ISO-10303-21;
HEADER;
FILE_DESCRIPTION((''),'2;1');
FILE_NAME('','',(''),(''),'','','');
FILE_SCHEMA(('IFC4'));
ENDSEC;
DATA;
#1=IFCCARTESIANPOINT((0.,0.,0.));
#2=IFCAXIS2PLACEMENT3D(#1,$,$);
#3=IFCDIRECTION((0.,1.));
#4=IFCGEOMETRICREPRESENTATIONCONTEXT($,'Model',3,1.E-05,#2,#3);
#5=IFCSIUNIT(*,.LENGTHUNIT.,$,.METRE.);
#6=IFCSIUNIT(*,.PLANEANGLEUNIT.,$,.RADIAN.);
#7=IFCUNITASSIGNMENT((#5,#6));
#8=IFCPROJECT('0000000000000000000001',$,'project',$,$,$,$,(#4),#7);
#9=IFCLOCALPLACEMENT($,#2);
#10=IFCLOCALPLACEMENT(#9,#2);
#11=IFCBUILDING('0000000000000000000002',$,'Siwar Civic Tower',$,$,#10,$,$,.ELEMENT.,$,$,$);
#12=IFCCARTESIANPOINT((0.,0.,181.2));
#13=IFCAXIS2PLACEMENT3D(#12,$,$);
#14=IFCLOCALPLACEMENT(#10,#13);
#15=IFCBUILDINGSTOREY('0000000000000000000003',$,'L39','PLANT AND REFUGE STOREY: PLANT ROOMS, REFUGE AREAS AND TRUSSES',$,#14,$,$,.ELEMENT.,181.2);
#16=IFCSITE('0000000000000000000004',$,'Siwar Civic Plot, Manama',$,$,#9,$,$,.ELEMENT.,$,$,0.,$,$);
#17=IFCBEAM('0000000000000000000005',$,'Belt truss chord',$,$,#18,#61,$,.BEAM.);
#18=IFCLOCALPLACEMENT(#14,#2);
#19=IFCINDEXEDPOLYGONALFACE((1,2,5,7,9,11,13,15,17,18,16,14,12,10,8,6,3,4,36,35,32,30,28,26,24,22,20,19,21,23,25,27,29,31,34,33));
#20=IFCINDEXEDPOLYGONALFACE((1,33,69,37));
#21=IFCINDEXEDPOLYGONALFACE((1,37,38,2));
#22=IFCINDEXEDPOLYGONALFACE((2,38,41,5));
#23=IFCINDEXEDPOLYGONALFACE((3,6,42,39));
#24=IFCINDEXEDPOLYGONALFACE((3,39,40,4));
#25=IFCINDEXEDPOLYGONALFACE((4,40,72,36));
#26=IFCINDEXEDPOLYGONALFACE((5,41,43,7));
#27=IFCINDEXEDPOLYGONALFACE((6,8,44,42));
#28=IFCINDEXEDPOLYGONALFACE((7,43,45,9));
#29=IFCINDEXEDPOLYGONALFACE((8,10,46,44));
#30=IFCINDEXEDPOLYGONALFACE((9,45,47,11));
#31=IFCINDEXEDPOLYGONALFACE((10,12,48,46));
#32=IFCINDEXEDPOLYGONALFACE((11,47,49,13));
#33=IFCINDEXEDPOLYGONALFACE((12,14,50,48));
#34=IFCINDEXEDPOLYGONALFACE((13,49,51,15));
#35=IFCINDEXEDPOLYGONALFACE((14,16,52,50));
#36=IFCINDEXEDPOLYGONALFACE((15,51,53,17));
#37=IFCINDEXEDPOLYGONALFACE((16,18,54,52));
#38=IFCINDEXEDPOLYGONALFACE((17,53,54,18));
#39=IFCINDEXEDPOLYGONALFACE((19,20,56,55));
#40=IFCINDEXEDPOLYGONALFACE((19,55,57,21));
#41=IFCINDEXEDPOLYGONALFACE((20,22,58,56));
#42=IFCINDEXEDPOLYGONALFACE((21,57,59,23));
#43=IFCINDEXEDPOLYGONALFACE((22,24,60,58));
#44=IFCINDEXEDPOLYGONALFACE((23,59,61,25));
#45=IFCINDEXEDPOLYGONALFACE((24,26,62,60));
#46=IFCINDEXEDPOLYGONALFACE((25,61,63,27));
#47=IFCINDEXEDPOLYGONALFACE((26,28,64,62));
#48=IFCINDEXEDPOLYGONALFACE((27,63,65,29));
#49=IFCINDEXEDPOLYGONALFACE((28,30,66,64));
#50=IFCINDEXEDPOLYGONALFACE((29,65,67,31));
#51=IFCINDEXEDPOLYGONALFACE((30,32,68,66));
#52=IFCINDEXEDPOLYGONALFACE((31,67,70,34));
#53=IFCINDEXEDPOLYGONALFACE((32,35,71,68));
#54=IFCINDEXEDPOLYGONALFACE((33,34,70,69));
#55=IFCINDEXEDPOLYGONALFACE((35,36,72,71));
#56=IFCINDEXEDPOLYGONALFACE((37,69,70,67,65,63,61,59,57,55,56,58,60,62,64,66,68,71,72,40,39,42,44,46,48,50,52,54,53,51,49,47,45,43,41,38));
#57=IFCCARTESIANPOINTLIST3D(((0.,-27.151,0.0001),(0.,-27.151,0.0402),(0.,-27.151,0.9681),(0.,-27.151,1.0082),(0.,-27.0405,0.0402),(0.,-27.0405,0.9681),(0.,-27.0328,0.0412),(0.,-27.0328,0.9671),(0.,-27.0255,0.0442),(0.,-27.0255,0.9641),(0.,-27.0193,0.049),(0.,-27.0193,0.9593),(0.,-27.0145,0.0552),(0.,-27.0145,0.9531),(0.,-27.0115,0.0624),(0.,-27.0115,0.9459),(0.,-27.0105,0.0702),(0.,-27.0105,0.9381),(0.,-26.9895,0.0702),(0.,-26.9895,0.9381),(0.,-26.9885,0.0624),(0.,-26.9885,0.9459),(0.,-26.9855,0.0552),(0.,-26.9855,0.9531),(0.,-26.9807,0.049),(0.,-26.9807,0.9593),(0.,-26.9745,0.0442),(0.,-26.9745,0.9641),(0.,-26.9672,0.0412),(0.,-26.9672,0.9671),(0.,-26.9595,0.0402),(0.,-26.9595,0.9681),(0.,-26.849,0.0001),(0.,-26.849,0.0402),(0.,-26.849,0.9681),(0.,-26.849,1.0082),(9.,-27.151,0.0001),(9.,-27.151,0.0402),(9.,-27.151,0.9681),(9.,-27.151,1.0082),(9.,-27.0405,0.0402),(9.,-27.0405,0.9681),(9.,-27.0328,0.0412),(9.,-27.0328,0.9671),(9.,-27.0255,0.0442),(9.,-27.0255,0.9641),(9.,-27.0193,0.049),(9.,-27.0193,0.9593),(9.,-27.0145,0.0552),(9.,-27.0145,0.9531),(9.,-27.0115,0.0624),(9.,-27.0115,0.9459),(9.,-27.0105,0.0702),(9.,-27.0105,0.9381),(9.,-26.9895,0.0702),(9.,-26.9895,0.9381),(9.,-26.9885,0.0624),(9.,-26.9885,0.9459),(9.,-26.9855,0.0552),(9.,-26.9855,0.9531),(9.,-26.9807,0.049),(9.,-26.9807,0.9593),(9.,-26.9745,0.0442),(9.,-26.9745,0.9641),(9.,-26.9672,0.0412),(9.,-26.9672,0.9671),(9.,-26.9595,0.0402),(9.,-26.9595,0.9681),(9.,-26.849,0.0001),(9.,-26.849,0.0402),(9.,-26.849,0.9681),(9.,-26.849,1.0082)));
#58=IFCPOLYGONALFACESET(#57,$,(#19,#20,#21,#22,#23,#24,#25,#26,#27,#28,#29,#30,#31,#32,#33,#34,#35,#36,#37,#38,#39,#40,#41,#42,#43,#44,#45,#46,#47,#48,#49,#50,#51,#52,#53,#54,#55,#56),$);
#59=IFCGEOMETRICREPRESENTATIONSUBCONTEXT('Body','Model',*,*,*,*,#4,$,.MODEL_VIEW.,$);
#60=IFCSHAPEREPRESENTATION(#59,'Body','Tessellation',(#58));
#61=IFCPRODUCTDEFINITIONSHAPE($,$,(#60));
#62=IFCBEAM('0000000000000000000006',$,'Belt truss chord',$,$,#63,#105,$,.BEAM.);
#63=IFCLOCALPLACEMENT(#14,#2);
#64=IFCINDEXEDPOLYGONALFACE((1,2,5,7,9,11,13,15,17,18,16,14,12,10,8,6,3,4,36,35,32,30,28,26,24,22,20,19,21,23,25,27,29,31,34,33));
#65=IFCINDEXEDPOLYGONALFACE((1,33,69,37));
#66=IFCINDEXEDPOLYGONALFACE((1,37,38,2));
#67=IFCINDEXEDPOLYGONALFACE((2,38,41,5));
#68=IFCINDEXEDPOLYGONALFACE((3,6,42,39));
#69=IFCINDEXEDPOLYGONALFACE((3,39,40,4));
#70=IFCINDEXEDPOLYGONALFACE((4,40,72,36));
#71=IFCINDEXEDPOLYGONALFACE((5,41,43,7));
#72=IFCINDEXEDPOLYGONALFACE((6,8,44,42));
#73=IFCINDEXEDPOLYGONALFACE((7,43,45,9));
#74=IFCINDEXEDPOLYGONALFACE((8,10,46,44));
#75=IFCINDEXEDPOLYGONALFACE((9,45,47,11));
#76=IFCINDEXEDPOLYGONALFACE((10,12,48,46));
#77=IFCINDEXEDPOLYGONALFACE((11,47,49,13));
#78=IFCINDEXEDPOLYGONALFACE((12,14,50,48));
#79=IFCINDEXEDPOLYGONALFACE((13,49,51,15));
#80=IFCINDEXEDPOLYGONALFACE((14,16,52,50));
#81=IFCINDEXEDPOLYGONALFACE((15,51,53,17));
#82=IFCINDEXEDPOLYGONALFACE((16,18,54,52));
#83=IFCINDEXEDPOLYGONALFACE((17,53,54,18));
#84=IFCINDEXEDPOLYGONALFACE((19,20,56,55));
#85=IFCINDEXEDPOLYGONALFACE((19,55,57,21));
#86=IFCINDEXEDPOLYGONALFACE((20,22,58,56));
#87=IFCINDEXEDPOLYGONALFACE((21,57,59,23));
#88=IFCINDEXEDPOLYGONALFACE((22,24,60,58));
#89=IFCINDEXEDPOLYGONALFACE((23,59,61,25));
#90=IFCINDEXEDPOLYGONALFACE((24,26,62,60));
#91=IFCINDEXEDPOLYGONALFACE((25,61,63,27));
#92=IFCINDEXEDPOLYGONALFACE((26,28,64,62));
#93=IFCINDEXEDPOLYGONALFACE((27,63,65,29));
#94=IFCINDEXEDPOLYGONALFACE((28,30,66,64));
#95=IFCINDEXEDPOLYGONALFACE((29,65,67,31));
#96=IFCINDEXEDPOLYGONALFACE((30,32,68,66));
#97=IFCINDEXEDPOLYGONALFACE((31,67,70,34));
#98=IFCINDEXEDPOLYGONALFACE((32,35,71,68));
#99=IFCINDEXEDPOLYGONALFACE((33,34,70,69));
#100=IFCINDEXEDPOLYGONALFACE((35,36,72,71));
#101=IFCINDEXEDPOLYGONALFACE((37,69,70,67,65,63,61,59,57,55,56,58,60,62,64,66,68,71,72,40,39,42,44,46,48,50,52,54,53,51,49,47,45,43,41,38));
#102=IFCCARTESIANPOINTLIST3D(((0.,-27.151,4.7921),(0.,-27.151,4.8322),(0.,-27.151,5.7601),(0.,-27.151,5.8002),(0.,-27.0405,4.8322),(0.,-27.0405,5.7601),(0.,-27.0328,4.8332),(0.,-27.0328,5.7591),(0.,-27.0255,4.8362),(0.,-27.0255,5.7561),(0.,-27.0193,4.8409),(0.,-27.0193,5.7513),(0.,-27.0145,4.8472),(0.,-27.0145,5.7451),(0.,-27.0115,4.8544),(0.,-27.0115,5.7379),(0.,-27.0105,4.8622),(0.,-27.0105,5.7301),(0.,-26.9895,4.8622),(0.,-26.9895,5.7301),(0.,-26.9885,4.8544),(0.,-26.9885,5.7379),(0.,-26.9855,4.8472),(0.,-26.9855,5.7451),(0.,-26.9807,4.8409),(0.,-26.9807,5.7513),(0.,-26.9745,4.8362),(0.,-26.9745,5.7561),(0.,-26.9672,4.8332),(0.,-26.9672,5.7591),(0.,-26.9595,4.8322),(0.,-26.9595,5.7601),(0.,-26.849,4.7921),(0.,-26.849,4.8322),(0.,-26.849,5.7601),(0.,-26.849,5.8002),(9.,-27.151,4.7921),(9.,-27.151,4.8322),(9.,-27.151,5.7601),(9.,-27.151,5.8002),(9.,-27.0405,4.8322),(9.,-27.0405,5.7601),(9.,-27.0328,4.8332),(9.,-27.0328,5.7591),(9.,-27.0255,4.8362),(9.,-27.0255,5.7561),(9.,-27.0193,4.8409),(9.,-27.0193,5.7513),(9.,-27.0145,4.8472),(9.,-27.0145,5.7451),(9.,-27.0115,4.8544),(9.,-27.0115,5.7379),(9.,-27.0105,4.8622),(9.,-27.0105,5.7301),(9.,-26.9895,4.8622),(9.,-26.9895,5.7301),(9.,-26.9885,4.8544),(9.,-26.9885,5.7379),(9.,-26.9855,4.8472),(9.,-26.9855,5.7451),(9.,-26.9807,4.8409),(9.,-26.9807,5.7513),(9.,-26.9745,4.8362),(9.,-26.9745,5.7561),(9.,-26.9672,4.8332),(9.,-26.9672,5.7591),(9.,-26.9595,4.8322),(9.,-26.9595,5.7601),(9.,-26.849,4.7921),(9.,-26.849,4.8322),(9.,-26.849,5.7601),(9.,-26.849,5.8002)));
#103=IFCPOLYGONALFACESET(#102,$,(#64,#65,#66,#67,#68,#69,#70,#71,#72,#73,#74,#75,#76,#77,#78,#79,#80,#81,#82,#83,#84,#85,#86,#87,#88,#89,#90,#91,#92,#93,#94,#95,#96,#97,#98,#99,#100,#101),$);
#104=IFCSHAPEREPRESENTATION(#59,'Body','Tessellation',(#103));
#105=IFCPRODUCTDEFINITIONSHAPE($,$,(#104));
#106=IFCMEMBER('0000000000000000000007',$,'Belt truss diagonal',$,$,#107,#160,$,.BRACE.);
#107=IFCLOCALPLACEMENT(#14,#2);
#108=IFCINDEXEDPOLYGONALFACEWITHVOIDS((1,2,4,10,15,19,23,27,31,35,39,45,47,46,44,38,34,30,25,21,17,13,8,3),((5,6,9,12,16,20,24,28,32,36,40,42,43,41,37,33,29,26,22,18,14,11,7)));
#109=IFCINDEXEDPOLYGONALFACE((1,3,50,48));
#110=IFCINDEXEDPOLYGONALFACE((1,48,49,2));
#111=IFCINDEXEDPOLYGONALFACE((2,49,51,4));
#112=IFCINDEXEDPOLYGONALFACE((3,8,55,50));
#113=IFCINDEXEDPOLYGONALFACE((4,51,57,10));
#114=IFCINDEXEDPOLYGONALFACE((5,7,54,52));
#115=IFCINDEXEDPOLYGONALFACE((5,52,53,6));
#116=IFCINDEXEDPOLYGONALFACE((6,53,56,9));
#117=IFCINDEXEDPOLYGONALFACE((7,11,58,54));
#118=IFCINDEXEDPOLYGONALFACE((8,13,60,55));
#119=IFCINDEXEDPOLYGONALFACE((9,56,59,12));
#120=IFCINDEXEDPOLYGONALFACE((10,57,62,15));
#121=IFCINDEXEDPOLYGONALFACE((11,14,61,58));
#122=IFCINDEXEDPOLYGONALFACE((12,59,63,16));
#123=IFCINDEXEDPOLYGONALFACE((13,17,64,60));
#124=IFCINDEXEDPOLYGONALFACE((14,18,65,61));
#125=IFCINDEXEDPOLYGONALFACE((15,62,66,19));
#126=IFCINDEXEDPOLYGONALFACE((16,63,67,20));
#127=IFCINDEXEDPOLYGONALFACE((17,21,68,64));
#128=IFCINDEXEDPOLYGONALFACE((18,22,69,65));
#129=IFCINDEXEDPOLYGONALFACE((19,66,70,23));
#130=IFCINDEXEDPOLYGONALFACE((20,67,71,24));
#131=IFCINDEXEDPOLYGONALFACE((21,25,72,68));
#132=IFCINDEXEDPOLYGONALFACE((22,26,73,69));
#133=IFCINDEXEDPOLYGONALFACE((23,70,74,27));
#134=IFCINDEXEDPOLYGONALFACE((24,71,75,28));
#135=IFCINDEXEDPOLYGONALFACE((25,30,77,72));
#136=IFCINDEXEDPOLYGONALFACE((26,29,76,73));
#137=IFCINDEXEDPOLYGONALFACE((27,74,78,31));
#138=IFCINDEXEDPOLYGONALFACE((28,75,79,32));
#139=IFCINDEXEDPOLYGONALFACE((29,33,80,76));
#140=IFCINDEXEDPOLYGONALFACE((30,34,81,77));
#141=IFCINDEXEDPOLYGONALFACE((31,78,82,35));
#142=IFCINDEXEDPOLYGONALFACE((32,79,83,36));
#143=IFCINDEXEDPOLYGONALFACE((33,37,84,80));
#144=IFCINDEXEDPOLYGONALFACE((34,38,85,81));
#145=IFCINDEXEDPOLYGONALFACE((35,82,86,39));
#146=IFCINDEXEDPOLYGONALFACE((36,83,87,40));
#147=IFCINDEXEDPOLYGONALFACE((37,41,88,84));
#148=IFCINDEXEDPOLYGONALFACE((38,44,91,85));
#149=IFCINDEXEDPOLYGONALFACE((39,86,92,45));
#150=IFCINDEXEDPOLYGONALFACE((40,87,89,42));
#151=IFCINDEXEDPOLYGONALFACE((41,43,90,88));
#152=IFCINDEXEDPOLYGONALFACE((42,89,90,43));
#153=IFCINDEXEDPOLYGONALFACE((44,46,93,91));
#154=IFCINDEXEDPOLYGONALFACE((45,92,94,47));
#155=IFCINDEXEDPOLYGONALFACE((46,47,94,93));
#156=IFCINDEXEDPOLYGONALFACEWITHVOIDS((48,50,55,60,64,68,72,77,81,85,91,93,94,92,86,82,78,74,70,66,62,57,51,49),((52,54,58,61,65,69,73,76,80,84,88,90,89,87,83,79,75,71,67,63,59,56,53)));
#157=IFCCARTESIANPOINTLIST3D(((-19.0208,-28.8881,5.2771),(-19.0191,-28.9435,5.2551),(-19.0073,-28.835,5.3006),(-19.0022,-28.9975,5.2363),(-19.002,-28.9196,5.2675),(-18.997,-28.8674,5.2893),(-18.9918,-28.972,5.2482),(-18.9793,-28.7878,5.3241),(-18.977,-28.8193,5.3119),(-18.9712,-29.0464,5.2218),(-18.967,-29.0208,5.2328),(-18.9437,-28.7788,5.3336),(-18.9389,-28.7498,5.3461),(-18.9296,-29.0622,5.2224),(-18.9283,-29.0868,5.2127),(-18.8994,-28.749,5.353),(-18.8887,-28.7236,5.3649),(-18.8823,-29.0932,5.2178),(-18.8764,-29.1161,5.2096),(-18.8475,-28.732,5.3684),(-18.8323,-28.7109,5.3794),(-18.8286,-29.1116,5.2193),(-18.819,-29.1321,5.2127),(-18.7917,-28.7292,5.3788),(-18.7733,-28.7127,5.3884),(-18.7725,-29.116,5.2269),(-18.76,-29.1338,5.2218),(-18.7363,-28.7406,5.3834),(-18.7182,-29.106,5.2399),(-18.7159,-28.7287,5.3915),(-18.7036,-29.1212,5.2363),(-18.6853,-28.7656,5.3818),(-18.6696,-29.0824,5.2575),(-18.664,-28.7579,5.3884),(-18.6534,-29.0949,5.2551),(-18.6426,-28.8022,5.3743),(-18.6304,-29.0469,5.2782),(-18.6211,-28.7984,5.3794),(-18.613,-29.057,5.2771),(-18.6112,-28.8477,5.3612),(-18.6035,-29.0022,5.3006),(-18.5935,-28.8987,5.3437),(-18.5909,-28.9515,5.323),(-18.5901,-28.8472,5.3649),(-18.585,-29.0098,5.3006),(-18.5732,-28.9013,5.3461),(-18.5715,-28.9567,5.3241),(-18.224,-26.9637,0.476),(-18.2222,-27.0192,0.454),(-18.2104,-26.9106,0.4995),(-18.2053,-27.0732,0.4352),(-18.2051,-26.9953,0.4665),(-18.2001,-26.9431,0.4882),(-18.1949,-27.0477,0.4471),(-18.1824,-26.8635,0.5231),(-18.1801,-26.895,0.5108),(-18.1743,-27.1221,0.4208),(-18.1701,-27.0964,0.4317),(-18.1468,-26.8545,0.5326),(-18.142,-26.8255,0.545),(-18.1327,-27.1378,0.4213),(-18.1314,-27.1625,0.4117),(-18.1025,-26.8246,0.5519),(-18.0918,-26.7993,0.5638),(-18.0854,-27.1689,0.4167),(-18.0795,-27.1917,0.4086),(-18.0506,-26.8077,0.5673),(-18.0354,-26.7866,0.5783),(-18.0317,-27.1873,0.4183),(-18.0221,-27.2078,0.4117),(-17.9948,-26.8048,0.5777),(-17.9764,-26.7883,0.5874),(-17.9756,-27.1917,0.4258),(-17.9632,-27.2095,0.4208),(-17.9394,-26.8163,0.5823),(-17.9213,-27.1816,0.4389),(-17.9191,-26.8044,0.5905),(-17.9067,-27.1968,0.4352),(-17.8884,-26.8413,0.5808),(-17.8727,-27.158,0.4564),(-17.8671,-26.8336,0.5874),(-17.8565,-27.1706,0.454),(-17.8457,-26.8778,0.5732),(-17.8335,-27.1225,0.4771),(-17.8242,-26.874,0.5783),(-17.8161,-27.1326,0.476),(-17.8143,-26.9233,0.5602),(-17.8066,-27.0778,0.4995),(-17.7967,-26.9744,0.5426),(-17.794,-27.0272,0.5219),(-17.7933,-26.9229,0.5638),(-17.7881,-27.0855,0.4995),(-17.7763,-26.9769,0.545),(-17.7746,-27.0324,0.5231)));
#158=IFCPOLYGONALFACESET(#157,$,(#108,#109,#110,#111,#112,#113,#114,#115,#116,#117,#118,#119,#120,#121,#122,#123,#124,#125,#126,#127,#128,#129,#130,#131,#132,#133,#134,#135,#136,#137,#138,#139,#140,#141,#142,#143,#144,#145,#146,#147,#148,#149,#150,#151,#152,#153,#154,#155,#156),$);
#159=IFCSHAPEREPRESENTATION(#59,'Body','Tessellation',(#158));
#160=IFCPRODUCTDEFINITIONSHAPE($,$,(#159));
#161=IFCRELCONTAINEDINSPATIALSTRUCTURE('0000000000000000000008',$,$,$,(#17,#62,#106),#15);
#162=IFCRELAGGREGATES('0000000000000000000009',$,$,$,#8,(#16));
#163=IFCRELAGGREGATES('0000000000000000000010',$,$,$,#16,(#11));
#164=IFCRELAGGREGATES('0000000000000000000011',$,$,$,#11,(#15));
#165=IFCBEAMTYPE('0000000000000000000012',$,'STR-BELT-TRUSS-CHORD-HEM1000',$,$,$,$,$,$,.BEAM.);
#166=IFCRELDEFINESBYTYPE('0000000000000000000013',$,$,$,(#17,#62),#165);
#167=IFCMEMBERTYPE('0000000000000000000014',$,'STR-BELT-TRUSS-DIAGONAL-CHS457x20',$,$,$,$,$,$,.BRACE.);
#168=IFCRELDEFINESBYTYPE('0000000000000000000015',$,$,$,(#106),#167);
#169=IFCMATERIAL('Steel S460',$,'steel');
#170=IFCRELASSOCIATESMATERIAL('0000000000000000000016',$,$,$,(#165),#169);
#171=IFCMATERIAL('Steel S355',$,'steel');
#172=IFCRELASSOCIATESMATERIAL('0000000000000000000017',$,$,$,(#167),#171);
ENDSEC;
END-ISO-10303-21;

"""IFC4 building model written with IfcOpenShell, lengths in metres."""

from ifc_helpers import new_model, si_unit, direction, frame, origin, origin_2d, place, context, subcontext, project, spatial, hollow_circle, i_section, extrude, material, material_profile, profile_set, type_object, element, save


model = new_model("IFC4")

# Units and contexts
model_context = context("Model", 3, precision=1e-05, world=origin(), true_north=direction((0.0, 1.0)))
body_context = subcontext(model_context, "Body", "Model", "MODEL_VIEW")
ifc_project = project(units=[si_unit("LENGTHUNIT", "METRE"), si_unit("PLANEANGLEUNIT", "RADIAN")], contexts=[model_context])

# Site, building, storey
site_placement = place(None, origin())
site = spatial("IfcSite", under=ifc_project, at=site_placement, Name="Siwar Civic Plot, Manama", CompositionType="ELEMENT", RefElevation=0.0)
building_placement = place(site_placement, origin())
building = spatial("IfcBuilding", under=site, at=building_placement, Name="Siwar Civic Tower", CompositionType="ELEMENT")
storey_placement = place(building_placement, frame((0.0, 0.0, 181.2)))
storey = spatial("IfcBuildingStorey", under=building, at=storey_placement, Name="L39", Description="PLANT AND REFUGE STOREY: PLANT ROOMS, REFUGE AREAS AND TRUSSES", CompositionType="ELEMENT", Elevation=181.2)

# Beams
ifc_material_1 = material(Name="Steel S460", Category="steel")
ifc_material_profile_1 = material_profile(ifc_material_1, i_section(OverallWidth=0.302, OverallDepth=1.0081, WebThickness=0.021, FlangeThickness=0.04, FilletRadius=0.03, at=origin_2d()), Name="HEM1000")
ifc_profile_set_1 = profile_set([ifc_material_profile_1], Name="Steel S460")
beam_type_1 = type_object("IfcBeamType", Name="STR-BELT-TRUSS-CHORD-HEM1000", PredefinedType="BEAM", material=ifc_profile_set_1)
for number, where, z_axis, x_axis, name in (
    (1, (0.0, -27.0, 0.5042), (1.0, 0.0, 0.0), (0.0, 1.0, 0.0), "Belt truss chord"),
    (2, (0.0, -27.0, 5.2961), (1.0, 0.0, 0.0), (0.0, 1.0, 0.0), "Belt truss chord"),
):
    element("IfcBeam", number, at=place(storey_placement, frame(where, z_axis=z_axis, x_axis=x_axis)), inside=storey, type_object=beam_type_1, Name=name, PredefinedType="BEAM", context=body_context, shape_type="SweptSolid", body=[
        extrude(i_section(OverallWidth=0.302, OverallDepth=1.0081, WebThickness=0.021, FlangeThickness=0.04, FilletRadius=0.03, at=origin_2d()), origin(), (0.0, 0.0, 1.0), 9.0),
    ])

# Member
ifc_material_2 = material(Name="Steel S355", Category="steel")
ifc_material_profile_2 = material_profile(ifc_material_2, hollow_circle(Radius=0.2285, WallThickness=0.02, at=origin_2d()), Name="CHS457x20")
ifc_profile_set_2 = profile_set([ifc_material_profile_2], Name="Steel S355")
member_type_1 = type_object("IfcMemberType", Name="STR-BELT-TRUSS-DIAGONAL-CHS457x20", PredefinedType="BRACE", material=ifc_profile_set_2)
member_1_placement = place(storey_placement, frame((-17.9993, -26.998, 0.4995), z_axis=(-0.152269, -0.367703, 0.917392), x_axis=(0.923914, -0.3826, 0.0)))
element("IfcMember", 3, at=member_1_placement, inside=storey, type_object=member_type_1, Name="Belt truss diagonal", PredefinedType="BRACE", context=body_context, shape_type="SweptSolid", body=[
    extrude(hollow_circle(Radius=0.2285, WallThickness=0.02, at=origin_2d()), origin(), (0.0, 0.0, 1.0), 5.2334),
])

save(model, "model.ifc")
